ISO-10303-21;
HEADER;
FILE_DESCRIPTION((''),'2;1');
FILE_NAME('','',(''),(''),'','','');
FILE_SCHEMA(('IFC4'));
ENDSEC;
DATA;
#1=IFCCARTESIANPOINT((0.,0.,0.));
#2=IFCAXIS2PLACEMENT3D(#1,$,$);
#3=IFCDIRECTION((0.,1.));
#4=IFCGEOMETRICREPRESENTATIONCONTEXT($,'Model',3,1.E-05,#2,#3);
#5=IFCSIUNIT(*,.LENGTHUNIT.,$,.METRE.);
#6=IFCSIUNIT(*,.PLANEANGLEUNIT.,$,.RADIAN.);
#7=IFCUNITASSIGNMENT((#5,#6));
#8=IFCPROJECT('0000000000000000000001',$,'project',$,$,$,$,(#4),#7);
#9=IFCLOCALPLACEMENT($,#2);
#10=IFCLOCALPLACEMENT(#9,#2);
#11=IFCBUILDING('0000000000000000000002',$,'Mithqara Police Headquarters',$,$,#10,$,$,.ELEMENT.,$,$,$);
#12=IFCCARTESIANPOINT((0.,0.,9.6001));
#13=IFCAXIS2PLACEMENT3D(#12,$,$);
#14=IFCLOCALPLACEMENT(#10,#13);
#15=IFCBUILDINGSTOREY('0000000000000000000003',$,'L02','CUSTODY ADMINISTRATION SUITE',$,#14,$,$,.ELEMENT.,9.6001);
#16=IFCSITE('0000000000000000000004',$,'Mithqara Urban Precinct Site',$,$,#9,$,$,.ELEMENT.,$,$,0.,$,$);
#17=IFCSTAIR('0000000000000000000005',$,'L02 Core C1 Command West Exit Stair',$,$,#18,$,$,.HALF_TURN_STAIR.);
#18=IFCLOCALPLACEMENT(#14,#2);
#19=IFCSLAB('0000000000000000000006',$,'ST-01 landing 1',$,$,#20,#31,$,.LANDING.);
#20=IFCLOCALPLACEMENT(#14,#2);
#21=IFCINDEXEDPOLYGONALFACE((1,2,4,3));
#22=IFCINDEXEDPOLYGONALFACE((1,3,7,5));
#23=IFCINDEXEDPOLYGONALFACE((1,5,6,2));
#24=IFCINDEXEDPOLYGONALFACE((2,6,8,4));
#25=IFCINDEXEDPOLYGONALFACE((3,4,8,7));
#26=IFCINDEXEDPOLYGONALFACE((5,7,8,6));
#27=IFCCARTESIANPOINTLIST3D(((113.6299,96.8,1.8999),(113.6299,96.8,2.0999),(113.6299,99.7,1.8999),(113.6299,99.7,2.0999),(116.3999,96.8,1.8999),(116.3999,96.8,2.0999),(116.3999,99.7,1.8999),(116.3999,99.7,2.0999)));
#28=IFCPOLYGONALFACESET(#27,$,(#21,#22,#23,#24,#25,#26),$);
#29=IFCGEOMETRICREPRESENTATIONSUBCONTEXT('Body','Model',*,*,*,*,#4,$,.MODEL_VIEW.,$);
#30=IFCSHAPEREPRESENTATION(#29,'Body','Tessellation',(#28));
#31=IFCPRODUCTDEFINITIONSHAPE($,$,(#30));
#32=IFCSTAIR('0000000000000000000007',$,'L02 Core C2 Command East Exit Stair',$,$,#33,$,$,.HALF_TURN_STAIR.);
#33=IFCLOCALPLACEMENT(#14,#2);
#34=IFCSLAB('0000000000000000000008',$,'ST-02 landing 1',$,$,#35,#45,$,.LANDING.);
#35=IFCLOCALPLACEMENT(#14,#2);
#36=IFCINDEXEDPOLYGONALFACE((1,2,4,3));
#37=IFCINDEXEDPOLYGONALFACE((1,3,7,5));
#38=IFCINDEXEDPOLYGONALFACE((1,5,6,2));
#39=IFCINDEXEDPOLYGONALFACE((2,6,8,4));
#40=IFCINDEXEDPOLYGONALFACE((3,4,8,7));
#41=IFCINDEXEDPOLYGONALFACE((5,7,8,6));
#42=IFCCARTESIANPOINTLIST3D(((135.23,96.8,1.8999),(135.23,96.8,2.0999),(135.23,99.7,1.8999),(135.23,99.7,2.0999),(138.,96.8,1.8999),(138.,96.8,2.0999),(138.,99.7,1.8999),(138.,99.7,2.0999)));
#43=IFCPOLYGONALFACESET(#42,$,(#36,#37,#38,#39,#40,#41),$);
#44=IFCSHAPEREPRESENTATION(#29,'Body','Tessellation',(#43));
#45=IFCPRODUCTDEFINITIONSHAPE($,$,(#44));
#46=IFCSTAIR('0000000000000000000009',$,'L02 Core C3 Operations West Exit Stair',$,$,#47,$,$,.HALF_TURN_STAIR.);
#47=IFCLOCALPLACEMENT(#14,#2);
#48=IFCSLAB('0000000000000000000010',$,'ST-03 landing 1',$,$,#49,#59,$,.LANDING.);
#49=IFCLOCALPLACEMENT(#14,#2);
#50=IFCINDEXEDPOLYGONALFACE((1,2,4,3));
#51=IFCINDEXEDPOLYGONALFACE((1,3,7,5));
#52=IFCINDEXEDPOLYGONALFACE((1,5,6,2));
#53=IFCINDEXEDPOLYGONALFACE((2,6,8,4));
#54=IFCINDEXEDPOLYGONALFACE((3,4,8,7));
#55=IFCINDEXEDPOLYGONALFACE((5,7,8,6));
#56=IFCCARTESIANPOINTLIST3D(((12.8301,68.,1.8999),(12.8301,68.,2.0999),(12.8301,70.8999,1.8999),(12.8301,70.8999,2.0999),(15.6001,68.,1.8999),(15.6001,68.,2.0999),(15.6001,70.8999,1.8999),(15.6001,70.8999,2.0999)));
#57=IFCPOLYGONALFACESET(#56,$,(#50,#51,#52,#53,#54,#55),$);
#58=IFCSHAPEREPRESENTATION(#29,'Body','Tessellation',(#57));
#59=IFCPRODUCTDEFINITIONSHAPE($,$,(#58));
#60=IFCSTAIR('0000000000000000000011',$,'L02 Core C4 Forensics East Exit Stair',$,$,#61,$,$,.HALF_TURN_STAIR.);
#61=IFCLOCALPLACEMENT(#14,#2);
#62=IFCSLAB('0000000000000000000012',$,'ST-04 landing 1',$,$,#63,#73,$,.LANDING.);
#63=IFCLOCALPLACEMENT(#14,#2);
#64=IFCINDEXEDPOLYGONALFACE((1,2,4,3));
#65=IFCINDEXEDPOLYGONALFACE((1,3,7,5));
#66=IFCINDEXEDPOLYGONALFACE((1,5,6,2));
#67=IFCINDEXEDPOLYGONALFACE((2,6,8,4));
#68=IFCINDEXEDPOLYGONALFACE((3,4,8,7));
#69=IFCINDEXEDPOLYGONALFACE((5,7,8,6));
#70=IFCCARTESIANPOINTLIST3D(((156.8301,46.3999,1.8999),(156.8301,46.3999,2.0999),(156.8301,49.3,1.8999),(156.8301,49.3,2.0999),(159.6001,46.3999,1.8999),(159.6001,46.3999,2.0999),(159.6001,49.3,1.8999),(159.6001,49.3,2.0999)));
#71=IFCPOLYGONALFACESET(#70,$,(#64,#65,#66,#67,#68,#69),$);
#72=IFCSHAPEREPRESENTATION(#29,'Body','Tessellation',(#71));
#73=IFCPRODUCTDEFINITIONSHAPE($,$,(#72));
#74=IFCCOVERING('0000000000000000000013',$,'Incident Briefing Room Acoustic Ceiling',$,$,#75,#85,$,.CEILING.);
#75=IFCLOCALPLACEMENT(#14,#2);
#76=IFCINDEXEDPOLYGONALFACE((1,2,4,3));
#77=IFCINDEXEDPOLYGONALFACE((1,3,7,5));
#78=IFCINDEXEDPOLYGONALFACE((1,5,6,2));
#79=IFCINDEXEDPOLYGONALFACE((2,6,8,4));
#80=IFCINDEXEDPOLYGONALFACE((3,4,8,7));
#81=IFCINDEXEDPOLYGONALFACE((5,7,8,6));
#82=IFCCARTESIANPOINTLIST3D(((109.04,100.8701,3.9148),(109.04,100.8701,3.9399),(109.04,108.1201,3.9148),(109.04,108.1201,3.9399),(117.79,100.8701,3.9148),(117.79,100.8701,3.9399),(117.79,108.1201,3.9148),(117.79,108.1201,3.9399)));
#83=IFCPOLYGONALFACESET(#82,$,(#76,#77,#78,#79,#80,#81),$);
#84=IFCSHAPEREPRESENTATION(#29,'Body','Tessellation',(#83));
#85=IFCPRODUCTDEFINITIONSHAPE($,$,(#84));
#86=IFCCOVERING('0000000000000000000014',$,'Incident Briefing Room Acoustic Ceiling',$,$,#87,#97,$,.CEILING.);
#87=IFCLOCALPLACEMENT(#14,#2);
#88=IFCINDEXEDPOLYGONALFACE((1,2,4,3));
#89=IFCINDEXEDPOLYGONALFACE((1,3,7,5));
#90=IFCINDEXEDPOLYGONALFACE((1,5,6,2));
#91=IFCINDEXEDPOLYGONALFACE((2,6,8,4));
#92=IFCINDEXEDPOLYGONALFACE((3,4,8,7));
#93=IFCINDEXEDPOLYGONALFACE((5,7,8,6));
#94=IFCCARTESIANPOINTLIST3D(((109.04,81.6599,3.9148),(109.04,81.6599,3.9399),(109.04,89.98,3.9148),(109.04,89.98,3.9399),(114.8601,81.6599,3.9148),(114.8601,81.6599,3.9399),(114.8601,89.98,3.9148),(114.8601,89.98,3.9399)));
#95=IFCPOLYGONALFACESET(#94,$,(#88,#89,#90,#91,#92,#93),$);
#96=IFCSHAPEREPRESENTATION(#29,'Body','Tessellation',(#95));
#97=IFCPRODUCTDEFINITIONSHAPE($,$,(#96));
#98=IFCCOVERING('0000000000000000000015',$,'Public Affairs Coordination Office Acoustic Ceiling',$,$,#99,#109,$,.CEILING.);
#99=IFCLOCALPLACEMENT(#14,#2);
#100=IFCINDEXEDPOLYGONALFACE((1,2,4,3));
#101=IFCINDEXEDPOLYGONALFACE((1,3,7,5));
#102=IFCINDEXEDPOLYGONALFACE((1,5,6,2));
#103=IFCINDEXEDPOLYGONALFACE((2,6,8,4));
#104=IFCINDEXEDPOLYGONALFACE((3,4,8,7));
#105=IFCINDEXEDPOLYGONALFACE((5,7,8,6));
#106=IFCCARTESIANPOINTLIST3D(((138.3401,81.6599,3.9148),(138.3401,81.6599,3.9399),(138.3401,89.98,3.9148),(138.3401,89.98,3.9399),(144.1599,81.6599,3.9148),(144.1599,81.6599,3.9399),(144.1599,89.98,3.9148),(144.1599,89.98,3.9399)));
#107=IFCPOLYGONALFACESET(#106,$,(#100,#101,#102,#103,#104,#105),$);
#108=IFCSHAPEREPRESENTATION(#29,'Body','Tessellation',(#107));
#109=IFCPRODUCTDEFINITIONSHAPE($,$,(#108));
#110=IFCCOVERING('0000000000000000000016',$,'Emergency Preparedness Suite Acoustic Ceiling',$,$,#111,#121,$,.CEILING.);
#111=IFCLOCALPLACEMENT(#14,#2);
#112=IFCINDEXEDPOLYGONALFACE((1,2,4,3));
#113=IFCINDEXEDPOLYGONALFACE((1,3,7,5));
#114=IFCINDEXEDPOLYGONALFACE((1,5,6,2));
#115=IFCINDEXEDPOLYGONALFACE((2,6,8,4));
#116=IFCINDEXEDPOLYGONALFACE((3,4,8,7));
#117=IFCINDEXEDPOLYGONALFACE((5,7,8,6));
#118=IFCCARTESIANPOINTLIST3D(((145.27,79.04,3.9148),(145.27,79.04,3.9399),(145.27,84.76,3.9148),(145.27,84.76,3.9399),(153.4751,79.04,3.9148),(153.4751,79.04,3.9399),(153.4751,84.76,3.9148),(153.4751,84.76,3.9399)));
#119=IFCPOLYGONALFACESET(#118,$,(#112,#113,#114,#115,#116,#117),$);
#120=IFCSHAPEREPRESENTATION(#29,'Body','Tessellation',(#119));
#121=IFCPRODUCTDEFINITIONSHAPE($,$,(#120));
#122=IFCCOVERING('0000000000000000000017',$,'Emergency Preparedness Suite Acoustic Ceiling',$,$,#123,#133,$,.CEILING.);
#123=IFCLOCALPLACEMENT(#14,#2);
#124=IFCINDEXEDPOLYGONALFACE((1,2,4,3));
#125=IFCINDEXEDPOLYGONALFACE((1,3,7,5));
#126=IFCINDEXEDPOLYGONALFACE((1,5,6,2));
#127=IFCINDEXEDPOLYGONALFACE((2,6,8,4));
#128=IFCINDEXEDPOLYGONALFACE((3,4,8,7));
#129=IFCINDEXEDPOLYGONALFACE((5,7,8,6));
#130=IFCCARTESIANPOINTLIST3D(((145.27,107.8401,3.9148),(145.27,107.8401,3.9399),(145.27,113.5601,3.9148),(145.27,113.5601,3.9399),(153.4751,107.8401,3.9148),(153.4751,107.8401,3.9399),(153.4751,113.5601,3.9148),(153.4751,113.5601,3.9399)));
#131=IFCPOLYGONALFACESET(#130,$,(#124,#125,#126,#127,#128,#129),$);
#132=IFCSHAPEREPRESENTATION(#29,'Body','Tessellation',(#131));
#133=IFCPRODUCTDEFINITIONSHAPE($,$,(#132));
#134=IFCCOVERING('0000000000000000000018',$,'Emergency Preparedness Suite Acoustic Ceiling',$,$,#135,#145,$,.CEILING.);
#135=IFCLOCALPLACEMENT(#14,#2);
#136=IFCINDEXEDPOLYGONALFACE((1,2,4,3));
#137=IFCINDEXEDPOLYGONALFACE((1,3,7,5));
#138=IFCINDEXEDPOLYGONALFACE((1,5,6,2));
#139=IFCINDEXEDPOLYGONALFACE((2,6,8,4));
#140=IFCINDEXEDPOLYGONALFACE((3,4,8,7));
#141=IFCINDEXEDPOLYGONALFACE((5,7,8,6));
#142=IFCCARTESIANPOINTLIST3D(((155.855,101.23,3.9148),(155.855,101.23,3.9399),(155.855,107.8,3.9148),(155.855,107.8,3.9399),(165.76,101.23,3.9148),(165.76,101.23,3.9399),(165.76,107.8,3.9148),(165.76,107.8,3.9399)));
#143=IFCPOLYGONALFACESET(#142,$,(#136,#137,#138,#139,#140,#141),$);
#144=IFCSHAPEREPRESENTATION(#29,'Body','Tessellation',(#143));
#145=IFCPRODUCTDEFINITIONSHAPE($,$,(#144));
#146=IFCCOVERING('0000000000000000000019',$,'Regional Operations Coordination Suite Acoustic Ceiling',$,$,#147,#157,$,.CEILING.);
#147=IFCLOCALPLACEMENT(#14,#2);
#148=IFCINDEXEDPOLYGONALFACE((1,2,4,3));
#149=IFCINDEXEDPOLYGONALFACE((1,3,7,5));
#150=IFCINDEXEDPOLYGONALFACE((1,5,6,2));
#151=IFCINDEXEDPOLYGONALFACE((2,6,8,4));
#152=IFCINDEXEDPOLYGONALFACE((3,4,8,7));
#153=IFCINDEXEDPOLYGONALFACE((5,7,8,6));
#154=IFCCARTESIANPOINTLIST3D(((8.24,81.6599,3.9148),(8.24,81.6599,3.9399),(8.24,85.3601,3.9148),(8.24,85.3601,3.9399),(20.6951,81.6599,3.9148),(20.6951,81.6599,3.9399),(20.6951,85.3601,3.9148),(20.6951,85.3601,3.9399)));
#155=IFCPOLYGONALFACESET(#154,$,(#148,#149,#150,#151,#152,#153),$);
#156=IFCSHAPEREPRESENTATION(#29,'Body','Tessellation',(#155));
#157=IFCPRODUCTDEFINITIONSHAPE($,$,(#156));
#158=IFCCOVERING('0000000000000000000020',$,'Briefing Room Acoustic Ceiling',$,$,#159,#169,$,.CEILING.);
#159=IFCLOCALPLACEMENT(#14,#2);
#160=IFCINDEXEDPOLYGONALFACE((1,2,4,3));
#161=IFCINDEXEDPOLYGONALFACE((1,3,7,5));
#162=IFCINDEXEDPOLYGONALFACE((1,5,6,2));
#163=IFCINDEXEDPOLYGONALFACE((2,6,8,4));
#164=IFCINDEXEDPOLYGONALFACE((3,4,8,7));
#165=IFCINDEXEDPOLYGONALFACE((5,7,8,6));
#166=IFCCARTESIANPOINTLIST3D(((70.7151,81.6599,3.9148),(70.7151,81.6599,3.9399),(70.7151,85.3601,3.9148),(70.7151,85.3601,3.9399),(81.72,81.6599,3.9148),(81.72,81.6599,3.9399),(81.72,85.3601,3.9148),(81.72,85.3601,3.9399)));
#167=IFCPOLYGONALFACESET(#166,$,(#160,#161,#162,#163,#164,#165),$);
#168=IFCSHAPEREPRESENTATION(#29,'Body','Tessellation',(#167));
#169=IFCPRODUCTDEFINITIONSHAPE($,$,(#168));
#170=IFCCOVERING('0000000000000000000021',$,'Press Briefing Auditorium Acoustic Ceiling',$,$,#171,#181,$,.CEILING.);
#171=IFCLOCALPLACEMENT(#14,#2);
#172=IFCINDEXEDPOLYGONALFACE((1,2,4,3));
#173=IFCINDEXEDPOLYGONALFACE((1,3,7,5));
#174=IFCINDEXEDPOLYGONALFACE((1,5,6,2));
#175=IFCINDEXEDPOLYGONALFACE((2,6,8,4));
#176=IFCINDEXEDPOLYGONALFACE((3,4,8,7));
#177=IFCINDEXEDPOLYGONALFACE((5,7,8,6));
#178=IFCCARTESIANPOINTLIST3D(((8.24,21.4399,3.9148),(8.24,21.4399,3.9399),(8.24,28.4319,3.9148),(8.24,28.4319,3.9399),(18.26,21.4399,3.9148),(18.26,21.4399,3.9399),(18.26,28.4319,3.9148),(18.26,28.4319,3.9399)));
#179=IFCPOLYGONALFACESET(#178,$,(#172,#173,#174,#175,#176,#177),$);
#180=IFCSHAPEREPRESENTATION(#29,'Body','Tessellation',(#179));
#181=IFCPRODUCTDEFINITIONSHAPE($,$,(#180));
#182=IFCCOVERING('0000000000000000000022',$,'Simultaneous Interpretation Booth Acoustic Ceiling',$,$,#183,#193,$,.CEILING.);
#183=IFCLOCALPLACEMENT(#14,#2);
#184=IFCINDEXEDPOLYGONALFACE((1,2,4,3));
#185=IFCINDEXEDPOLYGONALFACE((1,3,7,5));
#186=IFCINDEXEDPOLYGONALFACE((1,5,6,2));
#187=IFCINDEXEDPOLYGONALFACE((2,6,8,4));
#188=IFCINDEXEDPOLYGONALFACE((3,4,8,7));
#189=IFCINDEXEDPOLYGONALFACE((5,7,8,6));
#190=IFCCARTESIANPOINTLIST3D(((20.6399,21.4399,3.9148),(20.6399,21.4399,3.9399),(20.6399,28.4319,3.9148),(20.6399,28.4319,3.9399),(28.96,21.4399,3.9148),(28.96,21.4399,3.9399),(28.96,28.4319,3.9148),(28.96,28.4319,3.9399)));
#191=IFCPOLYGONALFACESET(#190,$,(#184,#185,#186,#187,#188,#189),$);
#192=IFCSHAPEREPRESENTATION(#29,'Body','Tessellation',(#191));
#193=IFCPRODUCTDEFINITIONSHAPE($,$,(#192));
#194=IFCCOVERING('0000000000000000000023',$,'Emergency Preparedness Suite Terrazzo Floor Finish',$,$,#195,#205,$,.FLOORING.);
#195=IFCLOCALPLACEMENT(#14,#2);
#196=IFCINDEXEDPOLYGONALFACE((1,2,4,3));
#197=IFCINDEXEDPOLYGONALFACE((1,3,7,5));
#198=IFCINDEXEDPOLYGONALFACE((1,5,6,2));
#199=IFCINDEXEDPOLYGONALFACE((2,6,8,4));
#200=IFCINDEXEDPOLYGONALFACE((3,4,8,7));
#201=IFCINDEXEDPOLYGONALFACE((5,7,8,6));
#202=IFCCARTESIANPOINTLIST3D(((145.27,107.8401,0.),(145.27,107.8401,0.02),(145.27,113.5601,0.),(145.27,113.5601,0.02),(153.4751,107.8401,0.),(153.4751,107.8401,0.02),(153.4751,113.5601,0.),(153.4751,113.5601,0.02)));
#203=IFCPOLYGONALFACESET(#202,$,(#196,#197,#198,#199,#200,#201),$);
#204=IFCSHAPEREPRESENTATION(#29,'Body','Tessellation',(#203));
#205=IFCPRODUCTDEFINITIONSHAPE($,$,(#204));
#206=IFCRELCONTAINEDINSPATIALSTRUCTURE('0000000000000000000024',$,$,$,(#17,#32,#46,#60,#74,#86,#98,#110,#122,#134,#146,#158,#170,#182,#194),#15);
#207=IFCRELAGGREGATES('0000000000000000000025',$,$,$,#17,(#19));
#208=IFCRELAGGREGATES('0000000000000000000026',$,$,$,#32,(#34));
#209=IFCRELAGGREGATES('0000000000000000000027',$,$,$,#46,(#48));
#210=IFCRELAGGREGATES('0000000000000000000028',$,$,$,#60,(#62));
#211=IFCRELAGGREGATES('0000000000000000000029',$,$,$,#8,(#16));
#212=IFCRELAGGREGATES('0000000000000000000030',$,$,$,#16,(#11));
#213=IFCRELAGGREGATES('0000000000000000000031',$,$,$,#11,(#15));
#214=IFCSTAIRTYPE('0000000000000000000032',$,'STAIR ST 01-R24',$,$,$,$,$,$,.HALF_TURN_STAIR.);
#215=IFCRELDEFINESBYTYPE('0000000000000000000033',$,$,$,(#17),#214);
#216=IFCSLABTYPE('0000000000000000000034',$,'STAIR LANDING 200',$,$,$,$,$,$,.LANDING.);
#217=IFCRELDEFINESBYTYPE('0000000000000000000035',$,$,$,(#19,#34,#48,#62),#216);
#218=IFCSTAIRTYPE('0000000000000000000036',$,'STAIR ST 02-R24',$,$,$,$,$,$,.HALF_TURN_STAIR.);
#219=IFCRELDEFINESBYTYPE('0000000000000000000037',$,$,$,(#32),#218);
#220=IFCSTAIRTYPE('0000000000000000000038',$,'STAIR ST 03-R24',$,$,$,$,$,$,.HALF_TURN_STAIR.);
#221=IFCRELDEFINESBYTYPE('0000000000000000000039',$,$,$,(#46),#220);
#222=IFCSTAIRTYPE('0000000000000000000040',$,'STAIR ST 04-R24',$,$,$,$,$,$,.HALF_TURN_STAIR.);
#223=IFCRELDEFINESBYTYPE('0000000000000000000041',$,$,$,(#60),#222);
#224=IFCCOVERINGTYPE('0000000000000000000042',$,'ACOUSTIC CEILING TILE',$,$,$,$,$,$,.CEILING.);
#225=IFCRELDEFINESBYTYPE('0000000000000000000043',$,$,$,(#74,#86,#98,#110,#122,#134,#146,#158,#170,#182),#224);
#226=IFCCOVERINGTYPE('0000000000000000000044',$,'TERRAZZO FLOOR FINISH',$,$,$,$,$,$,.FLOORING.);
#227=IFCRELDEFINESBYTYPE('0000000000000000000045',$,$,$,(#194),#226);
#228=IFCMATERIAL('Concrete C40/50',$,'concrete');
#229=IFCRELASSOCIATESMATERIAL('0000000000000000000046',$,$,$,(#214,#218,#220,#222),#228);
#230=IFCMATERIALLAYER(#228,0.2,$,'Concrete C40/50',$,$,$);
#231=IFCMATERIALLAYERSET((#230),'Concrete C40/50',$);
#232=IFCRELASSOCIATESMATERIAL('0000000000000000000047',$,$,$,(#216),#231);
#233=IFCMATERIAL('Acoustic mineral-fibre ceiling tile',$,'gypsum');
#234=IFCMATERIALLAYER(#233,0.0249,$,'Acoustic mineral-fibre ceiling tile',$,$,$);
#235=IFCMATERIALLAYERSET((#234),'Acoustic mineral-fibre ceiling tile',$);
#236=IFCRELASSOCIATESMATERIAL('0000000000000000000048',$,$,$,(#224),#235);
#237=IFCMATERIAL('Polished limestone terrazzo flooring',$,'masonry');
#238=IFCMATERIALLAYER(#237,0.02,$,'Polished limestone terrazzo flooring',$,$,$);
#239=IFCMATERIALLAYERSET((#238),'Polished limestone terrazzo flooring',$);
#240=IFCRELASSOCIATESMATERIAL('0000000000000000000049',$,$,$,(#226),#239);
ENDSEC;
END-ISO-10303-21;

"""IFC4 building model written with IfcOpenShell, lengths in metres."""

from ifc_helpers import new_model, si_unit, direction, frame, origin, place, context, subcontext, project, spatial, polyline, outline, extrude, material, layer, layer_set, type_object, element, aggregate, save


model = new_model("IFC4")

# Units and contexts
model_context = context("Model", 3, precision=1e-05, world=origin(), true_north=direction((0.0, 1.0)))
body_context = subcontext(model_context, "Body", "Model", "MODEL_VIEW")
ifc_project = project(units=[si_unit("LENGTHUNIT", "METRE"), si_unit("PLANEANGLEUNIT", "RADIAN")], contexts=[model_context])

# Site, building, storey
site_placement = place(None, origin())
site = spatial("IfcSite", under=ifc_project, at=site_placement, Name="Mithqara Urban Precinct Site", CompositionType="ELEMENT", RefElevation=0.0)
building_placement = place(site_placement, origin())
building = spatial("IfcBuilding", under=site, at=building_placement, Name="Mithqara Police Headquarters", CompositionType="ELEMENT")
storey_placement = place(building_placement, frame((0.0, 0.0, 9.6001)))
storey = spatial("IfcBuildingStorey", under=building, at=storey_placement, Name="L02", Description="CUSTODY ADMINISTRATION SUITE", CompositionType="ELEMENT", Elevation=9.6001)

# Stairs, slabs
ifc_material_1 = material(Name="Concrete C40/50", Category="concrete")
stair_type_1 = type_object("IfcStairType", Name="STAIR ST 01-R24", PredefinedType="HALF_TURN_STAIR", material=ifc_material_1)
stair_1_placement = place(storey_placement, origin())
stair_1 = element("IfcStair", 1, at=stair_1_placement, inside=storey, type_object=stair_type_1, Name="L02 Core C1 Command West Exit Stair", PredefinedType="HALF_TURN_STAIR")
ifc_layer_1 = layer(ifc_material_1, 0.2, Name="Concrete C40/50")
ifc_layer_set_1 = layer_set([ifc_layer_1], Name="Concrete C40/50")
slab_type = type_object("IfcSlabType", Name="STAIR LANDING 200", PredefinedType="LANDING", material=ifc_layer_set_1)
slab_1_placement = place(storey_placement, frame((0.0, 0.0, 1.8999)))
slab_1 = element("IfcSlab", 2, at=slab_1_placement, type_object=slab_type, Name="ST-01 landing 1", PredefinedType="LANDING", context=body_context, shape_type="SweptSolid", body=[
    extrude(outline(polyline([(113.6299, 96.8), (116.3999, 96.8), (116.3999, 99.7), (113.6299, 99.7), (113.6299, 96.8)])), origin(), (0.0, 0.0, 1.0), 0.2),
])
aggregate(stair_1, [slab_1])
stair_type_2 = type_object("IfcStairType", Name="STAIR ST 02-R24", PredefinedType="HALF_TURN_STAIR", material=ifc_material_1)
stair_2_placement = place(storey_placement, origin())
stair_2 = element("IfcStair", 3, at=stair_2_placement, inside=storey, type_object=stair_type_2, Name="L02 Core C2 Command East Exit Stair", PredefinedType="HALF_TURN_STAIR")
slab_2_placement = place(storey_placement, frame((0.0, 0.0, 1.8999)))
slab_2 = element("IfcSlab", 4, at=slab_2_placement, type_object=slab_type, Name="ST-02 landing 1", PredefinedType="LANDING", context=body_context, shape_type="SweptSolid", body=[
    extrude(outline(polyline([(135.23, 96.8), (138.0, 96.8), (138.0, 99.7), (135.23, 99.7), (135.23, 96.8)])), origin(), (0.0, 0.0, 1.0), 0.2),
])
aggregate(stair_2, [slab_2])
stair_type_3 = type_object("IfcStairType", Name="STAIR ST 03-R24", PredefinedType="HALF_TURN_STAIR", material=ifc_material_1)
stair_3_placement = place(storey_placement, origin())
stair_3 = element("IfcStair", 5, at=stair_3_placement, inside=storey, type_object=stair_type_3, Name="L02 Core C3 Operations West Exit Stair", PredefinedType="HALF_TURN_STAIR")
slab_3_placement = place(storey_placement, frame((0.0, 0.0, 1.8999)))
slab_3 = element("IfcSlab", 6, at=slab_3_placement, type_object=slab_type, Name="ST-03 landing 1", PredefinedType="LANDING", context=body_context, shape_type="SweptSolid", body=[
    extrude(outline(polyline([(12.8301, 68.0), (15.6001, 68.0), (15.6001, 70.8999), (12.8301, 70.8999), (12.8301, 68.0)])), origin(), (0.0, 0.0, 1.0), 0.2),
])
aggregate(stair_3, [slab_3])
stair_type_4 = type_object("IfcStairType", Name="STAIR ST 04-R24", PredefinedType="HALF_TURN_STAIR", material=ifc_material_1)
stair_4_placement = place(storey_placement, origin())
stair_4 = element("IfcStair", 7, at=stair_4_placement, inside=storey, type_object=stair_type_4, Name="L02 Core C4 Forensics East Exit Stair", PredefinedType="HALF_TURN_STAIR")
slab_4_placement = place(storey_placement, frame((0.0, 0.0, 1.8999)))
slab_4 = element("IfcSlab", 8, at=slab_4_placement, type_object=slab_type, Name="ST-04 landing 1", PredefinedType="LANDING", context=body_context, shape_type="SweptSolid", body=[
    extrude(outline(polyline([(156.8301, 46.3999), (159.6001, 46.3999), (159.6001, 49.3), (156.8301, 49.3), (156.8301, 46.3999)])), origin(), (0.0, 0.0, 1.0), 0.2),
])
aggregate(stair_4, [slab_4])

# Coverings
ifc_material_2 = material(Name="Acoustic mineral-fibre ceiling tile", Category="gypsum")
ifc_layer_2 = layer(ifc_material_2, 0.0249, Name="Acoustic mineral-fibre ceiling tile")
ifc_layer_set_2 = layer_set([ifc_layer_2], Name="Acoustic mineral-fibre ceiling tile")
covering_type_1 = type_object("IfcCoveringType", Name="ACOUSTIC CEILING TILE", PredefinedType="CEILING", material=ifc_layer_set_2)
covering_1_placement = place(storey_placement, frame((0.0, 0.0, 3.9148)))
element("IfcCovering", 9, at=covering_1_placement, inside=storey, type_object=covering_type_1, Name="Incident Briefing Room Acoustic Ceiling", PredefinedType="CEILING", context=body_context, shape_type="SweptSolid", body=[
    extrude(outline(polyline([(109.04, 100.8701), (117.79, 100.8701), (117.79, 108.1201), (109.04, 108.1201), (109.04, 100.8701)])), origin(), (0.0, 0.0, 1.0), 0.0251),
])
covering_2_placement = place(storey_placement, frame((0.0, 0.0, 3.9148)))
element("IfcCovering", 10, at=covering_2_placement, inside=storey, type_object=covering_type_1, Name="Incident Briefing Room Acoustic Ceiling", PredefinedType="CEILING", context=body_context, shape_type="SweptSolid", body=[
    extrude(outline(polyline([(109.04, 81.6599), (114.8601, 81.6599), (114.8601, 89.98), (109.04, 89.98), (109.04, 81.6599)])), origin(), (0.0, 0.0, 1.0), 0.0251),
])
covering_3_placement = place(storey_placement, frame((0.0, 0.0, 3.9148)))
element("IfcCovering", 11, at=covering_3_placement, inside=storey, type_object=covering_type_1, Name="Public Affairs Coordination Office Acoustic Ceiling", PredefinedType="CEILING", context=body_context, shape_type="SweptSolid", body=[
    extrude(outline(polyline([(138.3401, 81.6599), (144.1599, 81.6599), (144.1599, 89.98), (138.3401, 89.98), (138.3401, 81.6599)])), origin(), (0.0, 0.0, 1.0), 0.0251),
])
covering_4_placement = place(storey_placement, frame((0.0, 0.0, 3.9148)))
element("IfcCovering", 12, at=covering_4_placement, inside=storey, type_object=covering_type_1, Name="Emergency Preparedness Suite Acoustic Ceiling", PredefinedType="CEILING", context=body_context, shape_type="SweptSolid", body=[
    extrude(outline(polyline([(145.27, 79.04), (153.4751, 79.04), (153.4751, 84.76), (145.27, 84.76), (145.27, 79.04)])), origin(), (0.0, 0.0, 1.0), 0.0251),
])
covering_5_placement = place(storey_placement, frame((0.0, 0.0, 3.9148)))
element("IfcCovering", 13, at=covering_5_placement, inside=storey, type_object=covering_type_1, Name="Emergency Preparedness Suite Acoustic Ceiling", PredefinedType="CEILING", context=body_context, shape_type="SweptSolid", body=[
    extrude(outline(polyline([(145.27, 107.8401), (153.4751, 107.8401), (153.4751, 113.5601), (145.27, 113.5601), (145.27, 107.8401)])), origin(), (0.0, 0.0, 1.0), 0.0251),
])
covering_6_placement = place(storey_placement, frame((0.0, 0.0, 3.9148)))
element("IfcCovering", 14, at=covering_6_placement, inside=storey, type_object=covering_type_1, Name="Emergency Preparedness Suite Acoustic Ceiling", PredefinedType="CEILING", context=body_context, shape_type="SweptSolid", body=[
    extrude(outline(polyline([(155.855, 101.23), (165.76, 101.23), (165.76, 107.8), (155.855, 107.8), (155.855, 101.23)])), origin(), (0.0, 0.0, 1.0), 0.0251),
])
covering_7_placement = place(storey_placement, frame((0.0, 0.0, 3.9148)))
element("IfcCovering", 15, at=covering_7_placement, inside=storey, type_object=covering_type_1, Name="Regional Operations Coordination Suite Acoustic Ceiling", PredefinedType="CEILING", context=body_context, shape_type="SweptSolid", body=[
    extrude(outline(polyline([(8.24, 81.6599), (20.6951, 81.6599), (20.6951, 85.3601), (8.24, 85.3601), (8.24, 81.6599)])), origin(), (0.0, 0.0, 1.0), 0.0251),
])
covering_8_placement = place(storey_placement, frame((0.0, 0.0, 3.9148)))
element("IfcCovering", 16, at=covering_8_placement, inside=storey, type_object=covering_type_1, Name="Briefing Room Acoustic Ceiling", PredefinedType="CEILING", context=body_context, shape_type="SweptSolid", body=[
    extrude(outline(polyline([(70.7151, 81.6599), (81.72, 81.6599), (81.72, 85.3601), (70.7151, 85.3601), (70.7151, 81.6599)])), origin(), (0.0, 0.0, 1.0), 0.0251),
])
covering_9_placement = place(storey_placement, frame((0.0, 0.0, 3.9148)))
element("IfcCovering", 17, at=covering_9_placement, inside=storey, type_object=covering_type_1, Name="Press Briefing Auditorium Acoustic Ceiling", PredefinedType="CEILING", context=body_context, shape_type="SweptSolid", body=[
    extrude(outline(polyline([(8.24, 21.4399), (18.26, 21.4399), (18.26, 28.4319), (8.24, 28.4319), (8.24, 21.4399)])), origin(), (0.0, 0.0, 1.0), 0.0251),
])
covering_10_placement = place(storey_placement, frame((0.0, 0.0, 3.9148)))
element("IfcCovering", 18, at=covering_10_placement, inside=storey, type_object=covering_type_1, Name="Simultaneous Interpretation Booth Acoustic Ceiling", PredefinedType="CEILING", context=body_context, shape_type="SweptSolid", body=[
    extrude(outline(polyline([(20.6399, 21.4399), (28.96, 21.4399), (28.96, 28.4319), (20.6399, 28.4319), (20.6399, 21.4399)])), origin(), (0.0, 0.0, 1.0), 0.0251),
])
ifc_material_3 = material(Name="Polished limestone terrazzo flooring", Category="masonry")
ifc_layer_3 = layer(ifc_material_3, 0.02, Name="Polished limestone terrazzo flooring")
ifc_layer_set_3 = layer_set([ifc_layer_3], Name="Polished limestone terrazzo flooring")
covering_type_2 = type_object("IfcCoveringType", Name="TERRAZZO FLOOR FINISH", PredefinedType="FLOORING", material=ifc_layer_set_3)
covering_11_placement = place(storey_placement, origin())
element("IfcCovering", 19, at=covering_11_placement, inside=storey, type_object=covering_type_2, Name="Emergency Preparedness Suite Terrazzo Floor Finish", PredefinedType="FLOORING", context=body_context, shape_type="SweptSolid", body=[
    extrude(outline(polyline([(145.27, 107.8401), (153.4751, 107.8401), (153.4751, 113.5601), (145.27, 113.5601), (145.27, 107.8401)])), origin(), (0.0, 0.0, 1.0), 0.02),
])

save(model, "model.ifc")
